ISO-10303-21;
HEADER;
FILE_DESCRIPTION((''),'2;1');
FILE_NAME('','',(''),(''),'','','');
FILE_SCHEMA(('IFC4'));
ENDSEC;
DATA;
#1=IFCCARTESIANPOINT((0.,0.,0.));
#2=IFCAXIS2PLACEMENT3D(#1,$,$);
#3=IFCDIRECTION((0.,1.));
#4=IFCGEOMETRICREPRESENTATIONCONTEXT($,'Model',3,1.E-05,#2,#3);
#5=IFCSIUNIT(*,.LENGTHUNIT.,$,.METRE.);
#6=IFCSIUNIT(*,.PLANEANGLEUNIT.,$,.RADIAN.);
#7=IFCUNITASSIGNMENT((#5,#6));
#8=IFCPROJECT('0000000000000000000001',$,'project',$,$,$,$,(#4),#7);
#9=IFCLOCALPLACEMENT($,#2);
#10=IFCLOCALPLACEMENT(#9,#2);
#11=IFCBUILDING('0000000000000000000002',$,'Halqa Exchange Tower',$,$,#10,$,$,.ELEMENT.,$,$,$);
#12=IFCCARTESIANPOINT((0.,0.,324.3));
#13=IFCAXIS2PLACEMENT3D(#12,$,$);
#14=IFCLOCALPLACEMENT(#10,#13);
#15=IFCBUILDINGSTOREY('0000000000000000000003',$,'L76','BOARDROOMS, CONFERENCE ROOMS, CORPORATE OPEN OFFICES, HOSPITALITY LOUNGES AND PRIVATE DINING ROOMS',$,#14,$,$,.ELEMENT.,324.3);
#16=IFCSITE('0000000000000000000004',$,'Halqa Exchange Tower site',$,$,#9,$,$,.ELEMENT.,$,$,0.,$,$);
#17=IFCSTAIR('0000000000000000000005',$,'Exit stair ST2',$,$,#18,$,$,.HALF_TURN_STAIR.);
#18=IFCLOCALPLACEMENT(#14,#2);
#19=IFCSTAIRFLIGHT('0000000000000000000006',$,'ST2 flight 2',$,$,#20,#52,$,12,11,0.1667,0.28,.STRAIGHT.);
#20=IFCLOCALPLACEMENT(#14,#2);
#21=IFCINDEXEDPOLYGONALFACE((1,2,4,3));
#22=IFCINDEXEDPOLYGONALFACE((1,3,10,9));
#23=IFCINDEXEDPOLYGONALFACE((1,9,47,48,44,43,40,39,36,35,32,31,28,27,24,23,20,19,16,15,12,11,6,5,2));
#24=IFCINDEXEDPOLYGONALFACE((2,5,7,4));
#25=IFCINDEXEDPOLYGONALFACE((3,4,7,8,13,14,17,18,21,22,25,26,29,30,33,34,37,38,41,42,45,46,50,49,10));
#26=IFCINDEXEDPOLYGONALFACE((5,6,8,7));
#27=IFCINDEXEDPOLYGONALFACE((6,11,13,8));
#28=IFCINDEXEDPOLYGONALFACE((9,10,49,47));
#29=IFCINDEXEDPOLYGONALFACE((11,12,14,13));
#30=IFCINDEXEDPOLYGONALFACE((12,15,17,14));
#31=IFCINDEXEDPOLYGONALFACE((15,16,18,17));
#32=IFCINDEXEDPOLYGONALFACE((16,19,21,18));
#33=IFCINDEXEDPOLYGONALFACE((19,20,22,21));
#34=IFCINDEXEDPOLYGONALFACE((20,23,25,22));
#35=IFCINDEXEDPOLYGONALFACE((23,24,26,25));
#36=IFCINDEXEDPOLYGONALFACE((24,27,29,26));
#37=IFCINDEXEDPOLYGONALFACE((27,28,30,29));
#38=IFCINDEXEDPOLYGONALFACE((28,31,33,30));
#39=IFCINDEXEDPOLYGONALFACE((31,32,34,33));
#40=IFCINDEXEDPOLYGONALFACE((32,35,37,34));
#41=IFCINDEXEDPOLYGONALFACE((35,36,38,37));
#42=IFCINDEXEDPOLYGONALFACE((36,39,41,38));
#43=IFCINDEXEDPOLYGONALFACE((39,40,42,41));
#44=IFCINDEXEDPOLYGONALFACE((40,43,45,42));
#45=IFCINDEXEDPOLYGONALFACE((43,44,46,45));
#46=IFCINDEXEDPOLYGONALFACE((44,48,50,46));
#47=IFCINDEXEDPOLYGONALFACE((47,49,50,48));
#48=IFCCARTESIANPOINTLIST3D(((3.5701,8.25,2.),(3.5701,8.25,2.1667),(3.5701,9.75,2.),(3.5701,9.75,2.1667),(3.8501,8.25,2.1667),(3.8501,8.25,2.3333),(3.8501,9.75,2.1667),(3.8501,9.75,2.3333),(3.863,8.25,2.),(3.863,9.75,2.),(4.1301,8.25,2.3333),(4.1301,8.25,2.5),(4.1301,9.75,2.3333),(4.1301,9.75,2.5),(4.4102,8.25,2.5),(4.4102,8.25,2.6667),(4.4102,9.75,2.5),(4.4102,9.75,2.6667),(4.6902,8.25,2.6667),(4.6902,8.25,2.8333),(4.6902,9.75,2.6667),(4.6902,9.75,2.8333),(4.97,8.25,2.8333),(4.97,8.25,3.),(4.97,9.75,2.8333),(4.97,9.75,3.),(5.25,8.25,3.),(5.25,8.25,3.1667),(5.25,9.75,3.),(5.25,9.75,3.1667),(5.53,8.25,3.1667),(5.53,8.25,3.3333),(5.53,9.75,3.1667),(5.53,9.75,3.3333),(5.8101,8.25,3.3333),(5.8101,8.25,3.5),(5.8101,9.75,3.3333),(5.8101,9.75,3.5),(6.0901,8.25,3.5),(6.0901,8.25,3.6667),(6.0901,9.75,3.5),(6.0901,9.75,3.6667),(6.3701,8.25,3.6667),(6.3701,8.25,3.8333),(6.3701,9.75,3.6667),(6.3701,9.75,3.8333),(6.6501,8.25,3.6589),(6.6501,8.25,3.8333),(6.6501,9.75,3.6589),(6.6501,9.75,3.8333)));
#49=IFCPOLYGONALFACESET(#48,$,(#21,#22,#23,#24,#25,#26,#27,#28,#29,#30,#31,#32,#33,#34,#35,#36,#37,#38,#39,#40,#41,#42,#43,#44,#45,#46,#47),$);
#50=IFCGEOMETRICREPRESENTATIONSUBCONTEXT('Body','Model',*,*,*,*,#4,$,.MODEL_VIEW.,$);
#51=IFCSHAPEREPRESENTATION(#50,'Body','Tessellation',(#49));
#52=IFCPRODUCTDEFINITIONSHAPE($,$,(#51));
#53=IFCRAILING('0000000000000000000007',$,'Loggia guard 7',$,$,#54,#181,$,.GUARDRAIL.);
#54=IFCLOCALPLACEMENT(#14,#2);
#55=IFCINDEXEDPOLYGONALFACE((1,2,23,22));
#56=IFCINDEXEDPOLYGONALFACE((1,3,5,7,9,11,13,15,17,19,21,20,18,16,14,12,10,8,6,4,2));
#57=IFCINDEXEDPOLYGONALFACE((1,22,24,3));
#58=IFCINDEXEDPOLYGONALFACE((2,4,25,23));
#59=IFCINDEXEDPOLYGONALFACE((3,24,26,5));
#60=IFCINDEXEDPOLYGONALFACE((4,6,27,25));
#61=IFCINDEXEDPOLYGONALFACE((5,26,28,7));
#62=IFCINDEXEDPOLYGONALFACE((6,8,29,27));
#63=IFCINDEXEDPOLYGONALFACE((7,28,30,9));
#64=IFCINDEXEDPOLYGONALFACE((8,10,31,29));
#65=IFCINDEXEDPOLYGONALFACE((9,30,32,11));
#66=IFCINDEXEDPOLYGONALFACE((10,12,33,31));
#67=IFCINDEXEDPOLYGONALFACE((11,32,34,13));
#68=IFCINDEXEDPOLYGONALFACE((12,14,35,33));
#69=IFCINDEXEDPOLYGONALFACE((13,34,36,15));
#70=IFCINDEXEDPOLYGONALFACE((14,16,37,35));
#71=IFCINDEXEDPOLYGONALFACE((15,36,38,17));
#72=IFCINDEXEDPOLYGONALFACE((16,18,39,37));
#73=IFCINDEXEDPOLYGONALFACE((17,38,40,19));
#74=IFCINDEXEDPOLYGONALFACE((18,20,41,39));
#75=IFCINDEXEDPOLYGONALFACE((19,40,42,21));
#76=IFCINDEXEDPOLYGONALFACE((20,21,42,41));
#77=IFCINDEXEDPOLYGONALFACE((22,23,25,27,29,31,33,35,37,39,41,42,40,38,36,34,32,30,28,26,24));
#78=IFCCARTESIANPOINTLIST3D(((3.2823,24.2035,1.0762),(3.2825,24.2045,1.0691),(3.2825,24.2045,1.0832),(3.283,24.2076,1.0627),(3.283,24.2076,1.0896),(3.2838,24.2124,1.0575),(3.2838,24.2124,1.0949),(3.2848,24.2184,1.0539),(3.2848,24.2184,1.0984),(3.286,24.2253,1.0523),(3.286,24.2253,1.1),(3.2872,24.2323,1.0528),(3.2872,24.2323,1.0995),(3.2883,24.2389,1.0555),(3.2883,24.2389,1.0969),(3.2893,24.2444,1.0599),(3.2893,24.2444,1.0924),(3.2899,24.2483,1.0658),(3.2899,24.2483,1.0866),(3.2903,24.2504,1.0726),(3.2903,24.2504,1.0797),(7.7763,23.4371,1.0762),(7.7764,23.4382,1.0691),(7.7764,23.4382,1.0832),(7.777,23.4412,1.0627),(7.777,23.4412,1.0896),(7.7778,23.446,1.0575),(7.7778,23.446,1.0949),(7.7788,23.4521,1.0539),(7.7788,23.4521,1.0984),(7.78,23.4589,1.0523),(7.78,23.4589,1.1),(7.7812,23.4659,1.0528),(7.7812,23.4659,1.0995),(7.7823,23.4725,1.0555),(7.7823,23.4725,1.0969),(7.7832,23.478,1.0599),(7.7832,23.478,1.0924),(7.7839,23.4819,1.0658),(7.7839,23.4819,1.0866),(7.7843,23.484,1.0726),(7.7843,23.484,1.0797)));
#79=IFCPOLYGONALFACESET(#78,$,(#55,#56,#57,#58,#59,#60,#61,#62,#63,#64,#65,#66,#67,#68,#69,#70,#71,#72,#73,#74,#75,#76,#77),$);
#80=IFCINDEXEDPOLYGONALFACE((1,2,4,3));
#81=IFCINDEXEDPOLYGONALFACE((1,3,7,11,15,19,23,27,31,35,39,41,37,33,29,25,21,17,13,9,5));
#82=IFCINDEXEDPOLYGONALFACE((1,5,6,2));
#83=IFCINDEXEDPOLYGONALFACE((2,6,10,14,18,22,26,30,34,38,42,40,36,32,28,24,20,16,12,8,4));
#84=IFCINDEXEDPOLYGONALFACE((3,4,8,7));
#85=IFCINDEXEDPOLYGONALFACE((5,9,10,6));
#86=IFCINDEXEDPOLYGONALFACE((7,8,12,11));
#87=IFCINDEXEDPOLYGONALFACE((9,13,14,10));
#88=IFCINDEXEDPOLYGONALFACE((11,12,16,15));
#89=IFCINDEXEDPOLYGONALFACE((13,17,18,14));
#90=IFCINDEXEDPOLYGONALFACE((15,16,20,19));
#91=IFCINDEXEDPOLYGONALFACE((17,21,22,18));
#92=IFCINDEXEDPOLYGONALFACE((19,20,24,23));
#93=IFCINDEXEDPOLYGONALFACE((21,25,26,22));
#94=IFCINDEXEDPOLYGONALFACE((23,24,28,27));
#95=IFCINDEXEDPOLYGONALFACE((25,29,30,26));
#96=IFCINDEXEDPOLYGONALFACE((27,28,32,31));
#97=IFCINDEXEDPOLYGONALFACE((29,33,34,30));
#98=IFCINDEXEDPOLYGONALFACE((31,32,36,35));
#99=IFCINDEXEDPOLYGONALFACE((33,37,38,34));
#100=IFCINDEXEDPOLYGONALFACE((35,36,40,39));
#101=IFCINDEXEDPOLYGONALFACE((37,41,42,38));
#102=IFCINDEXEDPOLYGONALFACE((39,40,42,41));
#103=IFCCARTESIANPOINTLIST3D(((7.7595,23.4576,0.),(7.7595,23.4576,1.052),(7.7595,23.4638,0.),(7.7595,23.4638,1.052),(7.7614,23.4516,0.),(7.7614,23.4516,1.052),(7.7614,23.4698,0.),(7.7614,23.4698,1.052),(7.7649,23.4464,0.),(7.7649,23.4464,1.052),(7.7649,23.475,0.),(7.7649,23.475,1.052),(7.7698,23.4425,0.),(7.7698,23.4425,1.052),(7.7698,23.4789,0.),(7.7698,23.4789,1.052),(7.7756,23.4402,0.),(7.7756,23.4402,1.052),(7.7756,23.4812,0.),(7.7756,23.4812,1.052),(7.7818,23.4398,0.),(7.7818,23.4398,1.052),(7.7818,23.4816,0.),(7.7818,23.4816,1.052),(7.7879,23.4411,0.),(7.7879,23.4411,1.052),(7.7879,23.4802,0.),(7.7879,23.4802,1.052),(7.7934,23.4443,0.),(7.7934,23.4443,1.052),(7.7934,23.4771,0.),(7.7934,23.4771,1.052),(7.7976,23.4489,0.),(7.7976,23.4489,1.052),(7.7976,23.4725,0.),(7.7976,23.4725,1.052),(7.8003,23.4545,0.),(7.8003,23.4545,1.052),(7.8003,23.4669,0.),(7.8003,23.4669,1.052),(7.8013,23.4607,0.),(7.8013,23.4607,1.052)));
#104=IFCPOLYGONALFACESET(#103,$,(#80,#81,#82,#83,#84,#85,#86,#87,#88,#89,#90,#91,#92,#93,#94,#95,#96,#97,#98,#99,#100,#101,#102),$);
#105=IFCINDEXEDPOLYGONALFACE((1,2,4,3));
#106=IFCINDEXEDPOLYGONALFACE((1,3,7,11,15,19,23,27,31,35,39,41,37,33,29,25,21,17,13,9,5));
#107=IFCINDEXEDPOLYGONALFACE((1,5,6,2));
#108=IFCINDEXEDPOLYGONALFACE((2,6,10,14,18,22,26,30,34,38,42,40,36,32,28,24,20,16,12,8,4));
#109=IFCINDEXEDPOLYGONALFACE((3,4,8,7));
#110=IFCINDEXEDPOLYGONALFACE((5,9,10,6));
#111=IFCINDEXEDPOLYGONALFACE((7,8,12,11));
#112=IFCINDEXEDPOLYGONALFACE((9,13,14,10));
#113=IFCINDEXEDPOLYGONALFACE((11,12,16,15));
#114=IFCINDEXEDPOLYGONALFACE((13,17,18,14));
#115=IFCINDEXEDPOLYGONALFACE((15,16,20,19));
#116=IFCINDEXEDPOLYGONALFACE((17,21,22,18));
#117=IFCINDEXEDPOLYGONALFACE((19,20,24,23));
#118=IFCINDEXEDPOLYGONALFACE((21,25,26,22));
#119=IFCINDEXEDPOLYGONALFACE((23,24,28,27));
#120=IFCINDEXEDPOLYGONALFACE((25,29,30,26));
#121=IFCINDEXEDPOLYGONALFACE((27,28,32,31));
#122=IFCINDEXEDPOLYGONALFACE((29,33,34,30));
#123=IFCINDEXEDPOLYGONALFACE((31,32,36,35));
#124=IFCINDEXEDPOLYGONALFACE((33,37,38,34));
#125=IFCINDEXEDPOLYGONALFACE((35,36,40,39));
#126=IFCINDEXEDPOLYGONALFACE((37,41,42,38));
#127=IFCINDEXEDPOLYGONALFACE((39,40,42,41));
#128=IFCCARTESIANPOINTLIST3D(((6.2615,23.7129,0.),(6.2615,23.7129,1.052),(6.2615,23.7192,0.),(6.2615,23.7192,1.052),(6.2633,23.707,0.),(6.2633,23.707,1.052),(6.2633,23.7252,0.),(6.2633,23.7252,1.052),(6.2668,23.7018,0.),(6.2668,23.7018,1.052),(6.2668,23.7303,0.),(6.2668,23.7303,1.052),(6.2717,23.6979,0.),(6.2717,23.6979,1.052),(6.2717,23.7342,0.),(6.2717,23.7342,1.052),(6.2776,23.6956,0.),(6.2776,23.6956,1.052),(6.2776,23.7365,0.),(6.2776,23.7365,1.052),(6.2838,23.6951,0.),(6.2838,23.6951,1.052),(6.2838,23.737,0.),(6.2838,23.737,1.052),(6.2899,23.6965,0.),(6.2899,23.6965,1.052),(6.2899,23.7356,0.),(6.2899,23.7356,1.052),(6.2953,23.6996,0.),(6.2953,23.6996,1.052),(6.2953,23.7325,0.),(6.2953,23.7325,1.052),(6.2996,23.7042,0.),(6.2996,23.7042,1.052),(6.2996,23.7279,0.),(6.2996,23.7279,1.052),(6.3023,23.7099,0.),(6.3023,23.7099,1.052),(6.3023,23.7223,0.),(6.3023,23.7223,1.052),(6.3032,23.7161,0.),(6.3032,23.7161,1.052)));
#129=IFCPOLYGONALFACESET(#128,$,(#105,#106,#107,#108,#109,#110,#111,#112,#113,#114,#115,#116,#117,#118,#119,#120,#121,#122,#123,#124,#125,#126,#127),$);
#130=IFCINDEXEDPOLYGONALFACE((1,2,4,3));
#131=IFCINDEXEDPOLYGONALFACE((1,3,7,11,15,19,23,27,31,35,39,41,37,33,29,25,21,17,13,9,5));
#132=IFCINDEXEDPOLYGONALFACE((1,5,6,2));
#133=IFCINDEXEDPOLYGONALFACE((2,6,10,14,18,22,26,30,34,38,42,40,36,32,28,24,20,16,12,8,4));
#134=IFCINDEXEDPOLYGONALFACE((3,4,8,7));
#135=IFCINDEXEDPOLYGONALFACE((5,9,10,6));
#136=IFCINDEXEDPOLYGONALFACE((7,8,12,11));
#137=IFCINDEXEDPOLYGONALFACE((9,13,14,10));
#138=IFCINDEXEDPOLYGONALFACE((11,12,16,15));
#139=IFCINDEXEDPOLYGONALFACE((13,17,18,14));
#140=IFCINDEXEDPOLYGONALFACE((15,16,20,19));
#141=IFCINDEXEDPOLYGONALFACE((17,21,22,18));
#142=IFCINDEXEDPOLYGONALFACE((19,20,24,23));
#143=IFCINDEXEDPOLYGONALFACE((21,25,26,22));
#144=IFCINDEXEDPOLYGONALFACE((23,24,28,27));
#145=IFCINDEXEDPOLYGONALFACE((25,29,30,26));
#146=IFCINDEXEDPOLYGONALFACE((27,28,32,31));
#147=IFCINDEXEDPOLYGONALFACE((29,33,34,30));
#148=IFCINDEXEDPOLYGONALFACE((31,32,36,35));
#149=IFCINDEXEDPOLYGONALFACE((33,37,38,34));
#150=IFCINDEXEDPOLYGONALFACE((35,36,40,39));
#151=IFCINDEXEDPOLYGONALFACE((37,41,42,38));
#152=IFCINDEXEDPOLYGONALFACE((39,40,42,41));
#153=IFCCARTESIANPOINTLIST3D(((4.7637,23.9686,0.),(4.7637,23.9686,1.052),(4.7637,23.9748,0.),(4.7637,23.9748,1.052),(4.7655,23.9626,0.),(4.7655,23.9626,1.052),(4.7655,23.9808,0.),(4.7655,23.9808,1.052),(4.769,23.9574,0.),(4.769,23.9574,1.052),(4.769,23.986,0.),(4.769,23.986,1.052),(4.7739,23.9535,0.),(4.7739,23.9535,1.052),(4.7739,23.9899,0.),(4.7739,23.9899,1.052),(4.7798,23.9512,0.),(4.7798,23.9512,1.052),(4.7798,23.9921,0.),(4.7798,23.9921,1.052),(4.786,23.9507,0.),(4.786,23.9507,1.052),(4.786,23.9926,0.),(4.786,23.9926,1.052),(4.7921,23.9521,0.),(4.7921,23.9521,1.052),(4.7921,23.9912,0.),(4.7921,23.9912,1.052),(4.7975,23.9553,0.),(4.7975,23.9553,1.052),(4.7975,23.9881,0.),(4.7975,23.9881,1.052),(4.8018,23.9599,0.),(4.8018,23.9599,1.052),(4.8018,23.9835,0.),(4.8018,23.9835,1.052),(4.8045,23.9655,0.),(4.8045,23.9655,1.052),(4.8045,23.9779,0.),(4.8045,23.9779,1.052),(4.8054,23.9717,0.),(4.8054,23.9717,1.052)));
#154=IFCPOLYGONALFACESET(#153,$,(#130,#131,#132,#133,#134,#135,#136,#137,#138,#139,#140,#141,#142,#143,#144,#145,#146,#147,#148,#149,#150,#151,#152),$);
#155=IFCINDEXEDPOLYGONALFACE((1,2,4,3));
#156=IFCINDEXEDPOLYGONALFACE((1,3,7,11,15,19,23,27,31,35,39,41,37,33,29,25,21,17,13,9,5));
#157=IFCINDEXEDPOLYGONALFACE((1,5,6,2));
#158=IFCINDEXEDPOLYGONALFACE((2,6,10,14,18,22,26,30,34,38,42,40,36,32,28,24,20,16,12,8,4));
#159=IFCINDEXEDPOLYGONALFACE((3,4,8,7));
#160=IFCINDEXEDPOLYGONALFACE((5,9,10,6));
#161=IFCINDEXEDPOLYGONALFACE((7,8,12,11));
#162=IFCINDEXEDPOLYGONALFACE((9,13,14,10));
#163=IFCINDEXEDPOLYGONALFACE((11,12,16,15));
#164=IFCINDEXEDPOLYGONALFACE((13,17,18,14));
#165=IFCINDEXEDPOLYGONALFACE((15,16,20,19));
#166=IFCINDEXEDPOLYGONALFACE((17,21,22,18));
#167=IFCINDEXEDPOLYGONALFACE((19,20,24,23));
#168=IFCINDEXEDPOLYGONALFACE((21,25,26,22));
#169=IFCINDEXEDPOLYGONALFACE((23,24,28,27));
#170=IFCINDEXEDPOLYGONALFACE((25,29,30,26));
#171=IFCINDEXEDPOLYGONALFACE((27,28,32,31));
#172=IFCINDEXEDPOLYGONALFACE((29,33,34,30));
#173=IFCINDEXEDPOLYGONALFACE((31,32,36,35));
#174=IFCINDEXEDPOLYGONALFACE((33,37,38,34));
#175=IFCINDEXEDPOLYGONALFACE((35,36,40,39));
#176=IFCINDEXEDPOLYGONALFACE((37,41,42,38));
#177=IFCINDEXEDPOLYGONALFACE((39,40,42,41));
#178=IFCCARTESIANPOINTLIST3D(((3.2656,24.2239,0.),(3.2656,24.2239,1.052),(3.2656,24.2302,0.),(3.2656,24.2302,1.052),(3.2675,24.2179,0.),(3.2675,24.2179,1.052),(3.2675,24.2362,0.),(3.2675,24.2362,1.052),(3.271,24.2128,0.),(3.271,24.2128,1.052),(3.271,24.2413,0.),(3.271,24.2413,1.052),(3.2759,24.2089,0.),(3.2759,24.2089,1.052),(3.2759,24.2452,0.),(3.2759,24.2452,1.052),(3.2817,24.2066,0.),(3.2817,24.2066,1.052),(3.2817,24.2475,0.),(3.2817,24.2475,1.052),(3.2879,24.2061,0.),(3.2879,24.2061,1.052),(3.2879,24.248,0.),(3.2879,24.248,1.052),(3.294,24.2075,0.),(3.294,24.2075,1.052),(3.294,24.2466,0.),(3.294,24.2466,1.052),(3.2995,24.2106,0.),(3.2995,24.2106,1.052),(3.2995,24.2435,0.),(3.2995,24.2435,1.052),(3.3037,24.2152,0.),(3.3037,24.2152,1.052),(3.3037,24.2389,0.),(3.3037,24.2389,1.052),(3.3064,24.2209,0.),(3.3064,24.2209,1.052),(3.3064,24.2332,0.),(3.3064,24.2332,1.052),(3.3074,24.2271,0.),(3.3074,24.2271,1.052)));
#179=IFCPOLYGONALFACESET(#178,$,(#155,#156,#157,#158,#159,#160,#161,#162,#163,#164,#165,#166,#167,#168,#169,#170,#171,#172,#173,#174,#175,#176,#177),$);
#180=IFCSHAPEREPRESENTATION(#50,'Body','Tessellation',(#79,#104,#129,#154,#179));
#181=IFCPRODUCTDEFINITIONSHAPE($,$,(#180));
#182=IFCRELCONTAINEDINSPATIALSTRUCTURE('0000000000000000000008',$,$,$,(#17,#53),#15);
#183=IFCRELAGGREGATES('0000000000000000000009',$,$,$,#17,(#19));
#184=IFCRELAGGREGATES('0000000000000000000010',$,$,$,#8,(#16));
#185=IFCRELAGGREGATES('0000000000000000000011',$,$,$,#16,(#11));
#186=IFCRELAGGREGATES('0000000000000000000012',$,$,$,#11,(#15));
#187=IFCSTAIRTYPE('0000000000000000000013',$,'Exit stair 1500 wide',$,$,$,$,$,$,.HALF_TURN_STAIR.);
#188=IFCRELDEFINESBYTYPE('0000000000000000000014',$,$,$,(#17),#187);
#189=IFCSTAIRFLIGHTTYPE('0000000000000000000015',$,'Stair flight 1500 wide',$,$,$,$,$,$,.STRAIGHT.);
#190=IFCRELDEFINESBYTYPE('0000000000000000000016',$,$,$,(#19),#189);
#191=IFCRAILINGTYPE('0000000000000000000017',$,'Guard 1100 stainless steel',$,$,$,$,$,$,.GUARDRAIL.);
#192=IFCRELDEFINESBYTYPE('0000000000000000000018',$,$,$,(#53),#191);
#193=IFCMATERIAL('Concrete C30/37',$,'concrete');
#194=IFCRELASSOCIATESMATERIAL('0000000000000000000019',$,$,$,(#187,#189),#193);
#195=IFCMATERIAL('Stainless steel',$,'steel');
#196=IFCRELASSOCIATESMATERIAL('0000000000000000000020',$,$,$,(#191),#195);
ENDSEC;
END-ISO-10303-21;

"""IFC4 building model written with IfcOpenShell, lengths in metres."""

from ifc_helpers import new_model, si_unit, direction, frame, origin, origin_2d, place, context, subcontext, project, spatial, polyline, circle, outline, extrude, material, type_object, element, aggregate, save


model = new_model("IFC4")

# Units and contexts
model_context = context("Model", 3, precision=1e-05, world=origin(), true_north=direction((0.0, 1.0)))
body_context = subcontext(model_context, "Body", "Model", "MODEL_VIEW")
ifc_project = project(units=[si_unit("LENGTHUNIT", "METRE"), si_unit("PLANEANGLEUNIT", "RADIAN")], contexts=[model_context])

# Site, building, storey
site_placement = place(None, origin())
site = spatial("IfcSite", under=ifc_project, at=site_placement, Name="Halqa Exchange Tower site", CompositionType="ELEMENT", RefElevation=0.0)
building_placement = place(site_placement, origin())
building = spatial("IfcBuilding", under=site, at=building_placement, Name="Halqa Exchange Tower", CompositionType="ELEMENT")
storey_placement = place(building_placement, frame((0.0, 0.0, 324.3)))
storey = spatial("IfcBuildingStorey", under=building, at=storey_placement, Name="L76", Description="BOARDROOMS, CONFERENCE ROOMS, CORPORATE OPEN OFFICES, HOSPITALITY LOUNGES AND PRIVATE DINING ROOMS", CompositionType="ELEMENT", Elevation=324.3)

# Stair
ifc_material_1 = material(Name="Concrete C30/37", Category="concrete")
stair_type = type_object("IfcStairType", Name="Exit stair 1500 wide", PredefinedType="HALF_TURN_STAIR", material=ifc_material_1)
stair_1_placement = place(storey_placement, origin())
stair_1 = element("IfcStair", 1, at=stair_1_placement, inside=storey, type_object=stair_type, Name="Exit stair ST2", PredefinedType="HALF_TURN_STAIR")

# Stair flight
stair_flight_type = type_object("IfcStairFlightType", Name="Stair flight 1500 wide", PredefinedType="STRAIGHT", material=ifc_material_1)
stair_flight_1_placement = place(storey_placement, frame((3.5701, 9.0, 2.0), z_axis=(0.0, 0.0, 1.0), x_axis=(1.0, 0.0, 0.0)))
stair_flight_1 = element("IfcStairFlight", 2, at=stair_flight_1_placement, type_object=stair_flight_type, Name="ST2 flight 2", NumberOfRisers=12, NumberOfTreads=11, PredefinedType="STRAIGHT", RiserHeight=0.1667, TreadLength=0.28, context=body_context, shape_type="SweptSolid", body=[
    extrude(outline(polyline([(0.0, 0.0), (0.0, 0.1667), (0.28, 0.1667), (0.28, 0.3333), (0.5601, 0.3333), (0.5601, 0.5), (0.8401, 0.5), (0.8401, 0.6667), (1.1201, 0.6667), (1.1201, 0.8333), (1.3999, 0.8333), (1.3999, 1.0), (1.6799, 1.0), (1.6799, 1.1667), (1.96, 1.1667), (1.96, 1.3333), (2.24, 1.3333), (2.24, 1.5), (2.52, 1.5), (2.52, 1.6667), (2.8, 1.6667), (2.8, 1.8333), (3.0801, 1.8333), (3.0801, 2.0), (3.0801, 1.6589), (0.293, 0.0), (0.0, 0.0)])), frame((0.0, 0.75, 0.0), z_axis=(0.0, -1.0, 0.0), x_axis=(1.0, 0.0, 0.0)), (0.0, 0.0, 1.0), 1.5),
])
aggregate(stair_1, [stair_flight_1])

# Railing
ifc_material_2 = material(Name="Stainless steel", Category="steel")
railing_type_1 = type_object("IfcRailingType", Name="Guard 1100 stainless steel", PredefinedType="GUARDRAIL", material=ifc_material_2)
railing_1_placement = place(storey_placement, frame((7.7803, 23.4607, 0.0)))
element("IfcRailing", 3, at=railing_1_placement, inside=storey, type_object=railing_type_1, Name="Loggia guard 7", PredefinedType="GUARDRAIL", context=body_context, shape_type="SweptSolid", body=[
    extrude(circle(Radius=0.0239, at=origin_2d()), frame((0.0, 0.0, 1.0762), z_axis=(-0.985769, 0.168106, 0.0), x_axis=(-0.168106, -0.985769, 0.0)), (0.0, 0.0, 1.0), 4.5588),
    extrude(circle(Radius=0.021, at=origin_2d()), origin(), (0.0, 0.0, 1.0), 1.052),
    extrude(circle(Radius=0.021, at=origin_2d()), frame((-1.498, 0.2554, 0.0)), (0.0, 0.0, 1.0), 1.052),
    extrude(circle(Radius=0.021, at=origin_2d()), frame((-2.9958, 0.511, 0.0)), (0.0, 0.0, 1.0), 1.052),
    extrude(circle(Radius=0.021, at=origin_2d()), frame((-4.4939, 0.7664, 0.0)), (0.0, 0.0, 1.0), 1.052),
])

save(model, "model.ifc")
